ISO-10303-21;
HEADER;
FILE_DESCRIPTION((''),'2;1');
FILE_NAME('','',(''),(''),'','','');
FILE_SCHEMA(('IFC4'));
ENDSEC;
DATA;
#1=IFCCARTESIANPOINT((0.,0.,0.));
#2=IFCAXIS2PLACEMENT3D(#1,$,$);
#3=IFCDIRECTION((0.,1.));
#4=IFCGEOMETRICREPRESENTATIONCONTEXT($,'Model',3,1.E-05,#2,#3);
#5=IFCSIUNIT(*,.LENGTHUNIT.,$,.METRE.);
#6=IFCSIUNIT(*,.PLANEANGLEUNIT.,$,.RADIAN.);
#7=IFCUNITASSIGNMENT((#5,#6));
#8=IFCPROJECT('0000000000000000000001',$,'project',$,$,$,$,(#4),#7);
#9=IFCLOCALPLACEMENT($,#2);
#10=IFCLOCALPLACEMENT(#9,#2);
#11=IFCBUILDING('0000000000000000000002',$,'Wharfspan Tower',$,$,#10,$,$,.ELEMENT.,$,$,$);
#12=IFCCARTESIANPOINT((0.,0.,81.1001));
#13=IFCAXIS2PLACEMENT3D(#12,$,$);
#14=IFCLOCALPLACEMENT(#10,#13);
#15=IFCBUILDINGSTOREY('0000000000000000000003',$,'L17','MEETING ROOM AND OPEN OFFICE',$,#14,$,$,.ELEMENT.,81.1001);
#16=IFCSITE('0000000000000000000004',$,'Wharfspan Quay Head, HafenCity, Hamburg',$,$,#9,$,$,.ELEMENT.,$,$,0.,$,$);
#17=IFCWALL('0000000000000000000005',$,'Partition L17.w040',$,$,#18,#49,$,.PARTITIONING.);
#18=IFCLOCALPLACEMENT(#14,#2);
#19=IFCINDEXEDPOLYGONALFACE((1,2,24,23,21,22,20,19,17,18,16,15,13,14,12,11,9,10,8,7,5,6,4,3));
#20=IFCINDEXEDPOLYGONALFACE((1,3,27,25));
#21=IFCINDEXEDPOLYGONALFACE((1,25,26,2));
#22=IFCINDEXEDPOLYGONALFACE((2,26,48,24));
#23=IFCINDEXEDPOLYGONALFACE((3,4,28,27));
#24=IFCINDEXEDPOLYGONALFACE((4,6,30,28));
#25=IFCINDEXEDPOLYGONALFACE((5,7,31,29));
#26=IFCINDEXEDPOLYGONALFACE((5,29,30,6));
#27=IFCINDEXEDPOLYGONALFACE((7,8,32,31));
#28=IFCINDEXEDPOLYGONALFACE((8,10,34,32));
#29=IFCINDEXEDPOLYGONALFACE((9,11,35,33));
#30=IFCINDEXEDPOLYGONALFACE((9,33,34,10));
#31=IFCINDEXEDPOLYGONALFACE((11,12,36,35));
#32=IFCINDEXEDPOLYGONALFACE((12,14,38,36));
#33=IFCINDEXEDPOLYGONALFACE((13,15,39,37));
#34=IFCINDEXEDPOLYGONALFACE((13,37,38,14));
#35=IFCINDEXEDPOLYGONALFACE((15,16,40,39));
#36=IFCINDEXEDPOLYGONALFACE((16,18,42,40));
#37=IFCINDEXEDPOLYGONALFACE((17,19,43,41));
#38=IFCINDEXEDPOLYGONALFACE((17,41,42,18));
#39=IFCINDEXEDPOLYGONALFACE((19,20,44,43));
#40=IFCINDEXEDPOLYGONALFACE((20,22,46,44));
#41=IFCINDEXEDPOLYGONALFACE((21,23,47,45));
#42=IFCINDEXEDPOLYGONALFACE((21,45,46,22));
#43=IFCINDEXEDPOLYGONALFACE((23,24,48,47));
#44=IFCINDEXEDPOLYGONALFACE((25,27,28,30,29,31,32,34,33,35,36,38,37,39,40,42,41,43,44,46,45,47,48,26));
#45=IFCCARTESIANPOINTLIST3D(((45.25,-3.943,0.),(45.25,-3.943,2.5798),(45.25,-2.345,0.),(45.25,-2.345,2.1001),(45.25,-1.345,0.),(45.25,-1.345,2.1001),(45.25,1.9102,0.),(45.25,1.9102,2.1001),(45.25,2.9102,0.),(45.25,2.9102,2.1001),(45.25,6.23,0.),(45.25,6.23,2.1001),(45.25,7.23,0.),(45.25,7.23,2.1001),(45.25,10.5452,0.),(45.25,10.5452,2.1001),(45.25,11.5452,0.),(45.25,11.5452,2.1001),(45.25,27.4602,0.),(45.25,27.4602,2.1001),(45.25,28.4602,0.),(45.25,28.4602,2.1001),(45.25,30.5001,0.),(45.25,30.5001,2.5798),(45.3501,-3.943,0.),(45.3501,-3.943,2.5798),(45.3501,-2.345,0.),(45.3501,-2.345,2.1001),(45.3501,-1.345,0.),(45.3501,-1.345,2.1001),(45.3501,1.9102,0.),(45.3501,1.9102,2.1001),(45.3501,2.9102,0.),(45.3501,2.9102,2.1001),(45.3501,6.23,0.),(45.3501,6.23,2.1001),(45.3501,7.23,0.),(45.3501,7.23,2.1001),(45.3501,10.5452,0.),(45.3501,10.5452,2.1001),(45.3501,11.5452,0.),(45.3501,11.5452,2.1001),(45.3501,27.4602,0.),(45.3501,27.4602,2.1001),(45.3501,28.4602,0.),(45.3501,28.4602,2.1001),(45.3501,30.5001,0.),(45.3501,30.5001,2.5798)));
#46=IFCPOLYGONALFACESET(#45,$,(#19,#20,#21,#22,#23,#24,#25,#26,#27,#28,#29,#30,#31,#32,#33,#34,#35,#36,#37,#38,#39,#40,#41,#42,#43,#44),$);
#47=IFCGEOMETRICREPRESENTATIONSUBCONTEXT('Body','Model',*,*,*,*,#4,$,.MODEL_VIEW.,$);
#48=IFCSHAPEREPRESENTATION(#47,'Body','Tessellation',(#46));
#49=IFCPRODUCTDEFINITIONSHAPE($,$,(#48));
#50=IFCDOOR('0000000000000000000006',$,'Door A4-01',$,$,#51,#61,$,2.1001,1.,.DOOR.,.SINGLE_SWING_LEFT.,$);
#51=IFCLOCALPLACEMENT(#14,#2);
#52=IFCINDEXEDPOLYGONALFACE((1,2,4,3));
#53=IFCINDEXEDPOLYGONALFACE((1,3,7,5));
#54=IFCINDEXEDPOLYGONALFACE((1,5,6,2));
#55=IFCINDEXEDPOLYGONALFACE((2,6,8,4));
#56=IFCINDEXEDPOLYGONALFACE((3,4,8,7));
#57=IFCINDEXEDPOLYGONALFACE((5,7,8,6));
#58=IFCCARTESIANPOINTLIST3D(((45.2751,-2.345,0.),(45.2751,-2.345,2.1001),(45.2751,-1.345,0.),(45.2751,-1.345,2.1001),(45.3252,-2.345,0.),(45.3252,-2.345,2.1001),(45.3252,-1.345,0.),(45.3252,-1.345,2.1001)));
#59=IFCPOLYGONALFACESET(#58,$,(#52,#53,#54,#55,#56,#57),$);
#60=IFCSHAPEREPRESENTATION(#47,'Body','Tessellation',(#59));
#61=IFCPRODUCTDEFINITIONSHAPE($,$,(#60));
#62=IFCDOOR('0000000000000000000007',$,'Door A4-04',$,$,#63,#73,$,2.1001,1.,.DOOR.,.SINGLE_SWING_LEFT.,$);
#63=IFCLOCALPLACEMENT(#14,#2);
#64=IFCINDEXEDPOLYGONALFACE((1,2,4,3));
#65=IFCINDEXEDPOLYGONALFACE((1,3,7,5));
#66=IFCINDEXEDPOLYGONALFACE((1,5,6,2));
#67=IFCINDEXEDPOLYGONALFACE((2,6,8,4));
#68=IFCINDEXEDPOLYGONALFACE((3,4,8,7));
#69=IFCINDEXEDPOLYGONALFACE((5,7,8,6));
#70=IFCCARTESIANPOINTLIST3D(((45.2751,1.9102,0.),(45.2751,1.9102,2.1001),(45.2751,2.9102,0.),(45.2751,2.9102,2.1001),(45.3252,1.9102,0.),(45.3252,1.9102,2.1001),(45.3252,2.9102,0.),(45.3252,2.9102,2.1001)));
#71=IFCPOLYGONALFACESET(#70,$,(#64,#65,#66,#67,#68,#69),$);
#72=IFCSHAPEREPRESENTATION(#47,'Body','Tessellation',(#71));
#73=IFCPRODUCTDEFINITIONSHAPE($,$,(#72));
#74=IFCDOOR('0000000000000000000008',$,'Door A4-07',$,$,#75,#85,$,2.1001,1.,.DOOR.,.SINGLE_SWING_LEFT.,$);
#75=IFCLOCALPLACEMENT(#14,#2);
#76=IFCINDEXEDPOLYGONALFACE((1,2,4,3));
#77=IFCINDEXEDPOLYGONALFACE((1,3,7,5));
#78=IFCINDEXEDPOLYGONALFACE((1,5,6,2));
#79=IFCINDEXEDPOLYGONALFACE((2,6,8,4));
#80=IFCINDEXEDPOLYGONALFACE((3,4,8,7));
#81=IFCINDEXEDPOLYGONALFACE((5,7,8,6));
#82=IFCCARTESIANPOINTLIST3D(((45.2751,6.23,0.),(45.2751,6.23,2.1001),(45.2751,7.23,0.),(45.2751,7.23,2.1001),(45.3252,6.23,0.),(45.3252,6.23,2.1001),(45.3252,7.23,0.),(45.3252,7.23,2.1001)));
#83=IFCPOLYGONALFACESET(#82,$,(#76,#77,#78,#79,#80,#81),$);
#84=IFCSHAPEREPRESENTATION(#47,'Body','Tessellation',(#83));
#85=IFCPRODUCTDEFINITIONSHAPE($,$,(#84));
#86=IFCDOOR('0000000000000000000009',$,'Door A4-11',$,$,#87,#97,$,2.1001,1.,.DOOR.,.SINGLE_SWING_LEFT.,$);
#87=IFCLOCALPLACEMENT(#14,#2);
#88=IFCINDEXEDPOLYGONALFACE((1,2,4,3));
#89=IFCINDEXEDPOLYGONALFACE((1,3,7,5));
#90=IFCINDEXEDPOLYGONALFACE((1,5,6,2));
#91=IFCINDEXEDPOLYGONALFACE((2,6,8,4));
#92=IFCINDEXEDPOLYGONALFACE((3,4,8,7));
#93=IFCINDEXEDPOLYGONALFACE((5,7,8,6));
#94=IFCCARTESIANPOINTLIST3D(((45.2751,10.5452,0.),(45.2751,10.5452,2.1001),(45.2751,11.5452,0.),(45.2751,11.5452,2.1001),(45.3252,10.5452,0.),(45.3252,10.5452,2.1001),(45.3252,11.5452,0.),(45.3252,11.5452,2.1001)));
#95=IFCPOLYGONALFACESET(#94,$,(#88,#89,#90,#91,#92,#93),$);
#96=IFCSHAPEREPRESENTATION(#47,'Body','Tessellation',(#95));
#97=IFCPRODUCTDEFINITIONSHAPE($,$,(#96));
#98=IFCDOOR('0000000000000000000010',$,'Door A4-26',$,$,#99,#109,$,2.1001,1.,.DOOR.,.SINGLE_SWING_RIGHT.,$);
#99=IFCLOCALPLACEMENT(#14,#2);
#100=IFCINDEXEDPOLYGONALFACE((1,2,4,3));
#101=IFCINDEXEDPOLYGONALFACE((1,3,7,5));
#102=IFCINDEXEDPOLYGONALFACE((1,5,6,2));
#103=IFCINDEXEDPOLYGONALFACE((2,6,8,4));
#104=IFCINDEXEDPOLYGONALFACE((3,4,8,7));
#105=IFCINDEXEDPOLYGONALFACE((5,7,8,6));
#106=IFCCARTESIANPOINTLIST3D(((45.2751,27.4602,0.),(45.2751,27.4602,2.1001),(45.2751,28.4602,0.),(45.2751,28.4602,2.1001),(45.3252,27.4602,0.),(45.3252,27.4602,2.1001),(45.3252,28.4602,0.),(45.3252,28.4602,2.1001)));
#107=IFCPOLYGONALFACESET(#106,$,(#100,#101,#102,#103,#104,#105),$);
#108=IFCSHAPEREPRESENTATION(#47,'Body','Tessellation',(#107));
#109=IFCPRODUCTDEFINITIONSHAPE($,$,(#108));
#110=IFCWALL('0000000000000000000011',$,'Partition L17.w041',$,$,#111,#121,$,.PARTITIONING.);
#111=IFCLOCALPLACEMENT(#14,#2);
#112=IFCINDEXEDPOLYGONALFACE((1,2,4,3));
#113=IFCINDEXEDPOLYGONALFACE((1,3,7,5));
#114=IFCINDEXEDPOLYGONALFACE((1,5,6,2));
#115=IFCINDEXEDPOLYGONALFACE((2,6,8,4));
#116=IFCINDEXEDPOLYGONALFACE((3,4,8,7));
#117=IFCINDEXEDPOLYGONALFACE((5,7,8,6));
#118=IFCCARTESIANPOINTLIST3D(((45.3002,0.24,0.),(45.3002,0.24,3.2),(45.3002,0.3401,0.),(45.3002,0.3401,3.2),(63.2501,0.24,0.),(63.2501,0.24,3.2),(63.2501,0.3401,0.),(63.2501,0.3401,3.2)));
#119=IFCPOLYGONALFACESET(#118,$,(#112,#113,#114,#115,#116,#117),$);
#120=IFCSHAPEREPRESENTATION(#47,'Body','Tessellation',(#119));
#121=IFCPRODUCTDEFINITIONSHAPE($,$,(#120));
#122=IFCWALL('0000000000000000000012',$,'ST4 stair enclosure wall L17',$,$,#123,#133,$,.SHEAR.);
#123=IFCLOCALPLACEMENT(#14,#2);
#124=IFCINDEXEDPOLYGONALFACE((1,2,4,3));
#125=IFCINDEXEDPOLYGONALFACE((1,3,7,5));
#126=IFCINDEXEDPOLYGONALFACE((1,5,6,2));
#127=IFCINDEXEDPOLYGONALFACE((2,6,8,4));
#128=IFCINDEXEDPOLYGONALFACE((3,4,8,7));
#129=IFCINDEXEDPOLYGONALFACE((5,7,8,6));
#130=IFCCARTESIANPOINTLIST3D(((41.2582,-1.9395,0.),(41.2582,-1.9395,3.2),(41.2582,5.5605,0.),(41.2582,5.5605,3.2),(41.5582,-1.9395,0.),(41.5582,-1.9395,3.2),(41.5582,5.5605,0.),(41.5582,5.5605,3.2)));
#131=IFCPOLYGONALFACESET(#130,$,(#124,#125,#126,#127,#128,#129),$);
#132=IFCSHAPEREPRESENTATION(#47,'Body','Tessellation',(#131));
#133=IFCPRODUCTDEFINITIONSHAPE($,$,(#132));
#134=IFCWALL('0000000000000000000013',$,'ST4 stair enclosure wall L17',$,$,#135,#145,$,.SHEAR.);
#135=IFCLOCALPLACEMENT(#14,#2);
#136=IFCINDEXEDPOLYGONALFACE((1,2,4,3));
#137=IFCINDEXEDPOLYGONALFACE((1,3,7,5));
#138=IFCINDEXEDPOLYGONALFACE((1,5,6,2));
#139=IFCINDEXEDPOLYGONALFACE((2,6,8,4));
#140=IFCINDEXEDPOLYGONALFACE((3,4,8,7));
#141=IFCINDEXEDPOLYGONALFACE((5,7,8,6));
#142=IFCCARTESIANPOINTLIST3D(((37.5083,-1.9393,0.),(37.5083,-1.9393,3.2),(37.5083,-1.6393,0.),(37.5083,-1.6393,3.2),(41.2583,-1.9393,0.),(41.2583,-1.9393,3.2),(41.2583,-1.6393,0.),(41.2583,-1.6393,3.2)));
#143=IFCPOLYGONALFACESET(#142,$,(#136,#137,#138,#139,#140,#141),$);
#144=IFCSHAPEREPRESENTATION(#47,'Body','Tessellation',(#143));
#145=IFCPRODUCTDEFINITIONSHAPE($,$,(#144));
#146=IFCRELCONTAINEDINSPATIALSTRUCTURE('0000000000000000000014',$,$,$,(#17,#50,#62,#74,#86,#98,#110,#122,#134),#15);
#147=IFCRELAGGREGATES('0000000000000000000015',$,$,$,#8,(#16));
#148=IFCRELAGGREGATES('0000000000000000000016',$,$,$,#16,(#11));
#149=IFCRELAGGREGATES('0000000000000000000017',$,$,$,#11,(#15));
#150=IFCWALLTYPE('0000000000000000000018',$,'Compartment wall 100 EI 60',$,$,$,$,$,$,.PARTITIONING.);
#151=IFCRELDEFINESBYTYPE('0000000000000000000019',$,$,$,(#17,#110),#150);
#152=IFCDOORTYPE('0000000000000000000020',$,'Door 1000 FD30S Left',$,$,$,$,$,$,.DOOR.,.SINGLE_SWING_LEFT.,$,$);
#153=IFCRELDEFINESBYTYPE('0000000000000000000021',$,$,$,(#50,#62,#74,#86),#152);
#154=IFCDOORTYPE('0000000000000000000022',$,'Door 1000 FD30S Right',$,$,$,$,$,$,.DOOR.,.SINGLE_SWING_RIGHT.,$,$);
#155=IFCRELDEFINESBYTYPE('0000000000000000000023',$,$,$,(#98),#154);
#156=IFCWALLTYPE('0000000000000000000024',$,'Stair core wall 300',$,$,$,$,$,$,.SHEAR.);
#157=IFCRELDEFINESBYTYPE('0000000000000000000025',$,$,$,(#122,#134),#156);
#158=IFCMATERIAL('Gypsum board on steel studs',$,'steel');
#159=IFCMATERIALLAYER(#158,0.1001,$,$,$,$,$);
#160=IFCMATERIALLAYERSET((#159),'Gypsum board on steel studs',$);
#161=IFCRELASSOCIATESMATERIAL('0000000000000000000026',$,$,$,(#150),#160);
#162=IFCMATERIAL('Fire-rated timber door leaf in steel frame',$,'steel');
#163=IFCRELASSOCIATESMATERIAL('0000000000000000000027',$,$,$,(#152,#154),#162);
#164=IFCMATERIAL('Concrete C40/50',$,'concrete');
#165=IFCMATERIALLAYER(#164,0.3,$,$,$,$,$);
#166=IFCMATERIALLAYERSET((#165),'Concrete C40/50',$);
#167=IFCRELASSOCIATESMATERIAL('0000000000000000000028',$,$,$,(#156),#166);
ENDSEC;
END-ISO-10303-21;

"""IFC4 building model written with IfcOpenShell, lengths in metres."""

from ifc_helpers import new_model, si_unit, direction, frame, frame_2d, origin, place, context, subcontext, project, spatial, rectangle, extrude, material, layer, layer_set, type_object, element, fill, save


model = new_model("IFC4")

# Units and contexts
model_context = context("Model", 3, precision=1e-05, world=origin(), true_north=direction((0.0, 1.0)))
body_context = subcontext(model_context, "Body", "Model", "MODEL_VIEW")
ifc_project = project(units=[si_unit("LENGTHUNIT", "METRE"), si_unit("PLANEANGLEUNIT", "RADIAN")], contexts=[model_context])

# Site, building, storey
site_placement = place(None, origin())
site = spatial("IfcSite", under=ifc_project, at=site_placement, Name="Wharfspan Quay Head, HafenCity, Hamburg", CompositionType="ELEMENT", RefElevation=0.0)
building_placement = place(site_placement, origin())
building = spatial("IfcBuilding", under=site, at=building_placement, Name="Wharfspan Tower", CompositionType="ELEMENT")
storey_placement = place(building_placement, frame((0.0, 0.0, 81.1001)))
storey = spatial("IfcBuildingStorey", under=building, at=storey_placement, Name="L17", Description="MEETING ROOM AND OPEN OFFICE", CompositionType="ELEMENT", Elevation=81.1001)

# Wall, openings, doors
ifc_material_1 = material(Name="Gypsum board on steel studs", Category="steel")
ifc_layer_1 = layer(ifc_material_1, 0.1001)
ifc_layer_set_1 = layer_set([ifc_layer_1], Name="Gypsum board on steel studs")
wall_type_1 = type_object("IfcWallType", Name="Compartment wall 100 EI 60", PredefinedType="PARTITIONING", material=ifc_layer_set_1)
wall_1_placement = place(storey_placement, frame((45.3, -3.9431, 0.0), z_axis=(0.0, 0.0, 1.0), x_axis=(0.0, 1.0, 0.0)))
wall_1 = element("IfcWall", 1, at=wall_1_placement, inside=storey, type_object=wall_type_1, Name="Partition L17.w040", PredefinedType="PARTITIONING", context=body_context, shape_type="SweptSolid", body=[
    extrude(rectangle(XDim=34.4431, YDim=0.1001, at=frame_2d((17.2217, 0.0))), origin(), (0.0, 0.0, 1.0), 2.5798),
])
opening_1_placement = place(wall_1_placement, frame((1.5981, 0.0, 0.0)))
opening_1 = element("IfcOpeningElement", 2, at=opening_1_placement, cuts=wall_1, PredefinedType="OPENING", context=body_context, shape_type="SweptSolid", body=[
    extrude(rectangle(XDim=1.0, YDim=2.1001, at=frame_2d((0.5, 1.05))), frame((0.0, 0.0601, 0.0), z_axis=(0.0, -1.0, 0.0), x_axis=(1.0, 0.0, 0.0)), (0.0, 0.0, 1.0), 0.1201),
])
opening_2_placement = place(wall_1_placement, frame((5.8533, 0.0, 0.0)))
opening_2 = element("IfcOpeningElement", 3, at=opening_2_placement, cuts=wall_1, PredefinedType="OPENING", context=body_context, shape_type="SweptSolid", body=[
    extrude(rectangle(XDim=1.0, YDim=2.1001, at=frame_2d((0.5, 1.05))), frame((0.0, 0.0601, 0.0), z_axis=(0.0, -1.0, 0.0), x_axis=(1.0, 0.0, 0.0)), (0.0, 0.0, 1.0), 0.1201),
])
opening_3_placement = place(wall_1_placement, frame((10.1731, 0.0, 0.0)))
opening_3 = element("IfcOpeningElement", 4, at=opening_3_placement, cuts=wall_1, PredefinedType="OPENING", context=body_context, shape_type="SweptSolid", body=[
    extrude(rectangle(XDim=1.0, YDim=2.1001, at=frame_2d((0.5, 1.05))), frame((0.0, 0.0601, 0.0), z_axis=(0.0, -1.0, 0.0), x_axis=(1.0, 0.0, 0.0)), (0.0, 0.0, 1.0), 0.1201),
])
opening_4_placement = place(wall_1_placement, frame((14.4883, 0.0, 0.0)))
opening_4 = element("IfcOpeningElement", 5, at=opening_4_placement, cuts=wall_1, PredefinedType="OPENING", context=body_context, shape_type="SweptSolid", body=[
    extrude(rectangle(XDim=1.0, YDim=2.1001, at=frame_2d((0.5, 1.05))), frame((0.0, 0.0601, 0.0), z_axis=(0.0, -1.0, 0.0), x_axis=(1.0, 0.0, 0.0)), (0.0, 0.0, 1.0), 0.1201),
])
opening_5_placement = place(wall_1_placement, frame((31.4033, 0.0, 0.0)))
opening_5 = element("IfcOpeningElement", 6, at=opening_5_placement, cuts=wall_1, PredefinedType="OPENING", context=body_context, shape_type="SweptSolid", body=[
    extrude(rectangle(XDim=1.0, YDim=2.1001, at=frame_2d((0.5, 1.05))), frame((0.0, 0.0601, 0.0), z_axis=(0.0, -1.0, 0.0), x_axis=(1.0, 0.0, 0.0)), (0.0, 0.0, 1.0), 0.1201),
])
ifc_material_2 = material(Name="Fire-rated timber door leaf in steel frame", Category="steel")
door_type_1 = type_object("IfcDoorType", Name="Door 1000 FD30S Left", OperationType="SINGLE_SWING_LEFT", PredefinedType="DOOR", material=ifc_material_2)
door_1_placement = place(opening_1_placement, origin())
door_1 = element("IfcDoor", 7, at=door_1_placement, inside=storey, type_object=door_type_1, Name="Door A4-01", OperationType="SINGLE_SWING_LEFT", OverallHeight=2.1001, OverallWidth=1.0, PredefinedType="DOOR", context=body_context, shape_type="SweptSolid", body=[
    extrude(rectangle(XDim=1.0, YDim=2.1001, at=frame_2d((0.5, 1.05))), frame((0.0, 0.0249, 0.0), z_axis=(0.0, -1.0, 0.0), x_axis=(1.0, 0.0, 0.0)), (0.0, 0.0, 1.0), 0.05),
])
fill(opening_1, door_1)
door_2_placement = place(opening_2_placement, origin())
door_2 = element("IfcDoor", 8, at=door_2_placement, inside=storey, type_object=door_type_1, Name="Door A4-04", OperationType="SINGLE_SWING_LEFT", OverallHeight=2.1001, OverallWidth=1.0, PredefinedType="DOOR", context=body_context, shape_type="SweptSolid", body=[
    extrude(rectangle(XDim=1.0, YDim=2.1001, at=frame_2d((0.5, 1.05))), frame((0.0, 0.0249, 0.0), z_axis=(0.0, -1.0, 0.0), x_axis=(1.0, 0.0, 0.0)), (0.0, 0.0, 1.0), 0.05),
])
fill(opening_2, door_2)
door_3_placement = place(opening_3_placement, origin())
door_3 = element("IfcDoor", 9, at=door_3_placement, inside=storey, type_object=door_type_1, Name="Door A4-07", OperationType="SINGLE_SWING_LEFT", OverallHeight=2.1001, OverallWidth=1.0, PredefinedType="DOOR", context=body_context, shape_type="SweptSolid", body=[
    extrude(rectangle(XDim=1.0, YDim=2.1001, at=frame_2d((0.5, 1.05))), frame((0.0, 0.0249, 0.0), z_axis=(0.0, -1.0, 0.0), x_axis=(1.0, 0.0, 0.0)), (0.0, 0.0, 1.0), 0.05),
])
fill(opening_3, door_3)
door_4_placement = place(opening_4_placement, origin())
door_4 = element("IfcDoor", 10, at=door_4_placement, inside=storey, type_object=door_type_1, Name="Door A4-11", OperationType="SINGLE_SWING_LEFT", OverallHeight=2.1001, OverallWidth=1.0, PredefinedType="DOOR", context=body_context, shape_type="SweptSolid", body=[
    extrude(rectangle(XDim=1.0, YDim=2.1001, at=frame_2d((0.5, 1.05))), frame((0.0, 0.0249, 0.0), z_axis=(0.0, -1.0, 0.0), x_axis=(1.0, 0.0, 0.0)), (0.0, 0.0, 1.0), 0.05),
])
fill(opening_4, door_4)
door_type_2 = type_object("IfcDoorType", Name="Door 1000 FD30S Right", OperationType="SINGLE_SWING_RIGHT", PredefinedType="DOOR", material=ifc_material_2)
door_5_placement = place(opening_5_placement, origin())
door_5 = element("IfcDoor", 11, at=door_5_placement, inside=storey, type_object=door_type_2, Name="Door A4-26", OperationType="SINGLE_SWING_RIGHT", OverallHeight=2.1001, OverallWidth=1.0, PredefinedType="DOOR", context=body_context, shape_type="SweptSolid", body=[
    extrude(rectangle(XDim=1.0, YDim=2.1001, at=frame_2d((0.5, 1.05))), frame((0.0, 0.0249, 0.0), z_axis=(0.0, -1.0, 0.0), x_axis=(1.0, 0.0, 0.0)), (0.0, 0.0, 1.0), 0.05),
])
fill(opening_5, door_5)

# Walls
wall_2_placement = place(storey_placement, frame((45.3, 0.29, 0.0), z_axis=(0.0, 0.0, 1.0), x_axis=(1.0, 0.0, 0.0)))
element("IfcWall", 12, at=wall_2_placement, inside=storey, type_object=wall_type_1, Name="Partition L17.w041", PredefinedType="PARTITIONING", context=body_context, shape_type="SweptSolid", body=[
    extrude(rectangle(XDim=17.95, YDim=0.1001, at=frame_2d((8.9751, 0.0))), origin(), (0.0, 0.0, 1.0), 3.2),
])
ifc_material_3 = material(Name="Concrete C40/50", Category="concrete")
ifc_layer_2 = layer(ifc_material_3, 0.3)
ifc_layer_set_2 = layer_set([ifc_layer_2], Name="Concrete C40/50")
wall_type_2 = type_object("IfcWallType", Name="Stair core wall 300", PredefinedType="SHEAR", material=ifc_layer_set_2)
wall_3_placement = place(storey_placement, frame((41.4082, -1.9395, 0.0), z_axis=(0.0, 0.0, 1.0), x_axis=(0.0, 1.0, 0.0)))
element("IfcWall", 13, at=wall_3_placement, inside=storey, type_object=wall_type_2, Name="ST4 stair enclosure wall L17", PredefinedType="SHEAR", context=body_context, shape_type="SweptSolid", body=[
    extrude(rectangle(XDim=7.5, YDim=0.3, at=frame_2d((3.75, 0.0))), origin(), (0.0, 0.0, 1.0), 3.2),
])
wall_4_placement = place(storey_placement, frame((37.5083, -1.7893, 0.0), z_axis=(0.0, 0.0, 1.0), x_axis=(1.0, 0.0, 0.0)))
element("IfcWall", 14, at=wall_4_placement, inside=storey, type_object=wall_type_2, Name="ST4 stair enclosure wall L17", PredefinedType="SHEAR", context=body_context, shape_type="SweptSolid", body=[
    extrude(rectangle(XDim=3.75, YDim=0.3, at=frame_2d((1.875, 0.0))), origin(), (0.0, 0.0, 1.0), 3.2),
])

save(model, "model.ifc")
